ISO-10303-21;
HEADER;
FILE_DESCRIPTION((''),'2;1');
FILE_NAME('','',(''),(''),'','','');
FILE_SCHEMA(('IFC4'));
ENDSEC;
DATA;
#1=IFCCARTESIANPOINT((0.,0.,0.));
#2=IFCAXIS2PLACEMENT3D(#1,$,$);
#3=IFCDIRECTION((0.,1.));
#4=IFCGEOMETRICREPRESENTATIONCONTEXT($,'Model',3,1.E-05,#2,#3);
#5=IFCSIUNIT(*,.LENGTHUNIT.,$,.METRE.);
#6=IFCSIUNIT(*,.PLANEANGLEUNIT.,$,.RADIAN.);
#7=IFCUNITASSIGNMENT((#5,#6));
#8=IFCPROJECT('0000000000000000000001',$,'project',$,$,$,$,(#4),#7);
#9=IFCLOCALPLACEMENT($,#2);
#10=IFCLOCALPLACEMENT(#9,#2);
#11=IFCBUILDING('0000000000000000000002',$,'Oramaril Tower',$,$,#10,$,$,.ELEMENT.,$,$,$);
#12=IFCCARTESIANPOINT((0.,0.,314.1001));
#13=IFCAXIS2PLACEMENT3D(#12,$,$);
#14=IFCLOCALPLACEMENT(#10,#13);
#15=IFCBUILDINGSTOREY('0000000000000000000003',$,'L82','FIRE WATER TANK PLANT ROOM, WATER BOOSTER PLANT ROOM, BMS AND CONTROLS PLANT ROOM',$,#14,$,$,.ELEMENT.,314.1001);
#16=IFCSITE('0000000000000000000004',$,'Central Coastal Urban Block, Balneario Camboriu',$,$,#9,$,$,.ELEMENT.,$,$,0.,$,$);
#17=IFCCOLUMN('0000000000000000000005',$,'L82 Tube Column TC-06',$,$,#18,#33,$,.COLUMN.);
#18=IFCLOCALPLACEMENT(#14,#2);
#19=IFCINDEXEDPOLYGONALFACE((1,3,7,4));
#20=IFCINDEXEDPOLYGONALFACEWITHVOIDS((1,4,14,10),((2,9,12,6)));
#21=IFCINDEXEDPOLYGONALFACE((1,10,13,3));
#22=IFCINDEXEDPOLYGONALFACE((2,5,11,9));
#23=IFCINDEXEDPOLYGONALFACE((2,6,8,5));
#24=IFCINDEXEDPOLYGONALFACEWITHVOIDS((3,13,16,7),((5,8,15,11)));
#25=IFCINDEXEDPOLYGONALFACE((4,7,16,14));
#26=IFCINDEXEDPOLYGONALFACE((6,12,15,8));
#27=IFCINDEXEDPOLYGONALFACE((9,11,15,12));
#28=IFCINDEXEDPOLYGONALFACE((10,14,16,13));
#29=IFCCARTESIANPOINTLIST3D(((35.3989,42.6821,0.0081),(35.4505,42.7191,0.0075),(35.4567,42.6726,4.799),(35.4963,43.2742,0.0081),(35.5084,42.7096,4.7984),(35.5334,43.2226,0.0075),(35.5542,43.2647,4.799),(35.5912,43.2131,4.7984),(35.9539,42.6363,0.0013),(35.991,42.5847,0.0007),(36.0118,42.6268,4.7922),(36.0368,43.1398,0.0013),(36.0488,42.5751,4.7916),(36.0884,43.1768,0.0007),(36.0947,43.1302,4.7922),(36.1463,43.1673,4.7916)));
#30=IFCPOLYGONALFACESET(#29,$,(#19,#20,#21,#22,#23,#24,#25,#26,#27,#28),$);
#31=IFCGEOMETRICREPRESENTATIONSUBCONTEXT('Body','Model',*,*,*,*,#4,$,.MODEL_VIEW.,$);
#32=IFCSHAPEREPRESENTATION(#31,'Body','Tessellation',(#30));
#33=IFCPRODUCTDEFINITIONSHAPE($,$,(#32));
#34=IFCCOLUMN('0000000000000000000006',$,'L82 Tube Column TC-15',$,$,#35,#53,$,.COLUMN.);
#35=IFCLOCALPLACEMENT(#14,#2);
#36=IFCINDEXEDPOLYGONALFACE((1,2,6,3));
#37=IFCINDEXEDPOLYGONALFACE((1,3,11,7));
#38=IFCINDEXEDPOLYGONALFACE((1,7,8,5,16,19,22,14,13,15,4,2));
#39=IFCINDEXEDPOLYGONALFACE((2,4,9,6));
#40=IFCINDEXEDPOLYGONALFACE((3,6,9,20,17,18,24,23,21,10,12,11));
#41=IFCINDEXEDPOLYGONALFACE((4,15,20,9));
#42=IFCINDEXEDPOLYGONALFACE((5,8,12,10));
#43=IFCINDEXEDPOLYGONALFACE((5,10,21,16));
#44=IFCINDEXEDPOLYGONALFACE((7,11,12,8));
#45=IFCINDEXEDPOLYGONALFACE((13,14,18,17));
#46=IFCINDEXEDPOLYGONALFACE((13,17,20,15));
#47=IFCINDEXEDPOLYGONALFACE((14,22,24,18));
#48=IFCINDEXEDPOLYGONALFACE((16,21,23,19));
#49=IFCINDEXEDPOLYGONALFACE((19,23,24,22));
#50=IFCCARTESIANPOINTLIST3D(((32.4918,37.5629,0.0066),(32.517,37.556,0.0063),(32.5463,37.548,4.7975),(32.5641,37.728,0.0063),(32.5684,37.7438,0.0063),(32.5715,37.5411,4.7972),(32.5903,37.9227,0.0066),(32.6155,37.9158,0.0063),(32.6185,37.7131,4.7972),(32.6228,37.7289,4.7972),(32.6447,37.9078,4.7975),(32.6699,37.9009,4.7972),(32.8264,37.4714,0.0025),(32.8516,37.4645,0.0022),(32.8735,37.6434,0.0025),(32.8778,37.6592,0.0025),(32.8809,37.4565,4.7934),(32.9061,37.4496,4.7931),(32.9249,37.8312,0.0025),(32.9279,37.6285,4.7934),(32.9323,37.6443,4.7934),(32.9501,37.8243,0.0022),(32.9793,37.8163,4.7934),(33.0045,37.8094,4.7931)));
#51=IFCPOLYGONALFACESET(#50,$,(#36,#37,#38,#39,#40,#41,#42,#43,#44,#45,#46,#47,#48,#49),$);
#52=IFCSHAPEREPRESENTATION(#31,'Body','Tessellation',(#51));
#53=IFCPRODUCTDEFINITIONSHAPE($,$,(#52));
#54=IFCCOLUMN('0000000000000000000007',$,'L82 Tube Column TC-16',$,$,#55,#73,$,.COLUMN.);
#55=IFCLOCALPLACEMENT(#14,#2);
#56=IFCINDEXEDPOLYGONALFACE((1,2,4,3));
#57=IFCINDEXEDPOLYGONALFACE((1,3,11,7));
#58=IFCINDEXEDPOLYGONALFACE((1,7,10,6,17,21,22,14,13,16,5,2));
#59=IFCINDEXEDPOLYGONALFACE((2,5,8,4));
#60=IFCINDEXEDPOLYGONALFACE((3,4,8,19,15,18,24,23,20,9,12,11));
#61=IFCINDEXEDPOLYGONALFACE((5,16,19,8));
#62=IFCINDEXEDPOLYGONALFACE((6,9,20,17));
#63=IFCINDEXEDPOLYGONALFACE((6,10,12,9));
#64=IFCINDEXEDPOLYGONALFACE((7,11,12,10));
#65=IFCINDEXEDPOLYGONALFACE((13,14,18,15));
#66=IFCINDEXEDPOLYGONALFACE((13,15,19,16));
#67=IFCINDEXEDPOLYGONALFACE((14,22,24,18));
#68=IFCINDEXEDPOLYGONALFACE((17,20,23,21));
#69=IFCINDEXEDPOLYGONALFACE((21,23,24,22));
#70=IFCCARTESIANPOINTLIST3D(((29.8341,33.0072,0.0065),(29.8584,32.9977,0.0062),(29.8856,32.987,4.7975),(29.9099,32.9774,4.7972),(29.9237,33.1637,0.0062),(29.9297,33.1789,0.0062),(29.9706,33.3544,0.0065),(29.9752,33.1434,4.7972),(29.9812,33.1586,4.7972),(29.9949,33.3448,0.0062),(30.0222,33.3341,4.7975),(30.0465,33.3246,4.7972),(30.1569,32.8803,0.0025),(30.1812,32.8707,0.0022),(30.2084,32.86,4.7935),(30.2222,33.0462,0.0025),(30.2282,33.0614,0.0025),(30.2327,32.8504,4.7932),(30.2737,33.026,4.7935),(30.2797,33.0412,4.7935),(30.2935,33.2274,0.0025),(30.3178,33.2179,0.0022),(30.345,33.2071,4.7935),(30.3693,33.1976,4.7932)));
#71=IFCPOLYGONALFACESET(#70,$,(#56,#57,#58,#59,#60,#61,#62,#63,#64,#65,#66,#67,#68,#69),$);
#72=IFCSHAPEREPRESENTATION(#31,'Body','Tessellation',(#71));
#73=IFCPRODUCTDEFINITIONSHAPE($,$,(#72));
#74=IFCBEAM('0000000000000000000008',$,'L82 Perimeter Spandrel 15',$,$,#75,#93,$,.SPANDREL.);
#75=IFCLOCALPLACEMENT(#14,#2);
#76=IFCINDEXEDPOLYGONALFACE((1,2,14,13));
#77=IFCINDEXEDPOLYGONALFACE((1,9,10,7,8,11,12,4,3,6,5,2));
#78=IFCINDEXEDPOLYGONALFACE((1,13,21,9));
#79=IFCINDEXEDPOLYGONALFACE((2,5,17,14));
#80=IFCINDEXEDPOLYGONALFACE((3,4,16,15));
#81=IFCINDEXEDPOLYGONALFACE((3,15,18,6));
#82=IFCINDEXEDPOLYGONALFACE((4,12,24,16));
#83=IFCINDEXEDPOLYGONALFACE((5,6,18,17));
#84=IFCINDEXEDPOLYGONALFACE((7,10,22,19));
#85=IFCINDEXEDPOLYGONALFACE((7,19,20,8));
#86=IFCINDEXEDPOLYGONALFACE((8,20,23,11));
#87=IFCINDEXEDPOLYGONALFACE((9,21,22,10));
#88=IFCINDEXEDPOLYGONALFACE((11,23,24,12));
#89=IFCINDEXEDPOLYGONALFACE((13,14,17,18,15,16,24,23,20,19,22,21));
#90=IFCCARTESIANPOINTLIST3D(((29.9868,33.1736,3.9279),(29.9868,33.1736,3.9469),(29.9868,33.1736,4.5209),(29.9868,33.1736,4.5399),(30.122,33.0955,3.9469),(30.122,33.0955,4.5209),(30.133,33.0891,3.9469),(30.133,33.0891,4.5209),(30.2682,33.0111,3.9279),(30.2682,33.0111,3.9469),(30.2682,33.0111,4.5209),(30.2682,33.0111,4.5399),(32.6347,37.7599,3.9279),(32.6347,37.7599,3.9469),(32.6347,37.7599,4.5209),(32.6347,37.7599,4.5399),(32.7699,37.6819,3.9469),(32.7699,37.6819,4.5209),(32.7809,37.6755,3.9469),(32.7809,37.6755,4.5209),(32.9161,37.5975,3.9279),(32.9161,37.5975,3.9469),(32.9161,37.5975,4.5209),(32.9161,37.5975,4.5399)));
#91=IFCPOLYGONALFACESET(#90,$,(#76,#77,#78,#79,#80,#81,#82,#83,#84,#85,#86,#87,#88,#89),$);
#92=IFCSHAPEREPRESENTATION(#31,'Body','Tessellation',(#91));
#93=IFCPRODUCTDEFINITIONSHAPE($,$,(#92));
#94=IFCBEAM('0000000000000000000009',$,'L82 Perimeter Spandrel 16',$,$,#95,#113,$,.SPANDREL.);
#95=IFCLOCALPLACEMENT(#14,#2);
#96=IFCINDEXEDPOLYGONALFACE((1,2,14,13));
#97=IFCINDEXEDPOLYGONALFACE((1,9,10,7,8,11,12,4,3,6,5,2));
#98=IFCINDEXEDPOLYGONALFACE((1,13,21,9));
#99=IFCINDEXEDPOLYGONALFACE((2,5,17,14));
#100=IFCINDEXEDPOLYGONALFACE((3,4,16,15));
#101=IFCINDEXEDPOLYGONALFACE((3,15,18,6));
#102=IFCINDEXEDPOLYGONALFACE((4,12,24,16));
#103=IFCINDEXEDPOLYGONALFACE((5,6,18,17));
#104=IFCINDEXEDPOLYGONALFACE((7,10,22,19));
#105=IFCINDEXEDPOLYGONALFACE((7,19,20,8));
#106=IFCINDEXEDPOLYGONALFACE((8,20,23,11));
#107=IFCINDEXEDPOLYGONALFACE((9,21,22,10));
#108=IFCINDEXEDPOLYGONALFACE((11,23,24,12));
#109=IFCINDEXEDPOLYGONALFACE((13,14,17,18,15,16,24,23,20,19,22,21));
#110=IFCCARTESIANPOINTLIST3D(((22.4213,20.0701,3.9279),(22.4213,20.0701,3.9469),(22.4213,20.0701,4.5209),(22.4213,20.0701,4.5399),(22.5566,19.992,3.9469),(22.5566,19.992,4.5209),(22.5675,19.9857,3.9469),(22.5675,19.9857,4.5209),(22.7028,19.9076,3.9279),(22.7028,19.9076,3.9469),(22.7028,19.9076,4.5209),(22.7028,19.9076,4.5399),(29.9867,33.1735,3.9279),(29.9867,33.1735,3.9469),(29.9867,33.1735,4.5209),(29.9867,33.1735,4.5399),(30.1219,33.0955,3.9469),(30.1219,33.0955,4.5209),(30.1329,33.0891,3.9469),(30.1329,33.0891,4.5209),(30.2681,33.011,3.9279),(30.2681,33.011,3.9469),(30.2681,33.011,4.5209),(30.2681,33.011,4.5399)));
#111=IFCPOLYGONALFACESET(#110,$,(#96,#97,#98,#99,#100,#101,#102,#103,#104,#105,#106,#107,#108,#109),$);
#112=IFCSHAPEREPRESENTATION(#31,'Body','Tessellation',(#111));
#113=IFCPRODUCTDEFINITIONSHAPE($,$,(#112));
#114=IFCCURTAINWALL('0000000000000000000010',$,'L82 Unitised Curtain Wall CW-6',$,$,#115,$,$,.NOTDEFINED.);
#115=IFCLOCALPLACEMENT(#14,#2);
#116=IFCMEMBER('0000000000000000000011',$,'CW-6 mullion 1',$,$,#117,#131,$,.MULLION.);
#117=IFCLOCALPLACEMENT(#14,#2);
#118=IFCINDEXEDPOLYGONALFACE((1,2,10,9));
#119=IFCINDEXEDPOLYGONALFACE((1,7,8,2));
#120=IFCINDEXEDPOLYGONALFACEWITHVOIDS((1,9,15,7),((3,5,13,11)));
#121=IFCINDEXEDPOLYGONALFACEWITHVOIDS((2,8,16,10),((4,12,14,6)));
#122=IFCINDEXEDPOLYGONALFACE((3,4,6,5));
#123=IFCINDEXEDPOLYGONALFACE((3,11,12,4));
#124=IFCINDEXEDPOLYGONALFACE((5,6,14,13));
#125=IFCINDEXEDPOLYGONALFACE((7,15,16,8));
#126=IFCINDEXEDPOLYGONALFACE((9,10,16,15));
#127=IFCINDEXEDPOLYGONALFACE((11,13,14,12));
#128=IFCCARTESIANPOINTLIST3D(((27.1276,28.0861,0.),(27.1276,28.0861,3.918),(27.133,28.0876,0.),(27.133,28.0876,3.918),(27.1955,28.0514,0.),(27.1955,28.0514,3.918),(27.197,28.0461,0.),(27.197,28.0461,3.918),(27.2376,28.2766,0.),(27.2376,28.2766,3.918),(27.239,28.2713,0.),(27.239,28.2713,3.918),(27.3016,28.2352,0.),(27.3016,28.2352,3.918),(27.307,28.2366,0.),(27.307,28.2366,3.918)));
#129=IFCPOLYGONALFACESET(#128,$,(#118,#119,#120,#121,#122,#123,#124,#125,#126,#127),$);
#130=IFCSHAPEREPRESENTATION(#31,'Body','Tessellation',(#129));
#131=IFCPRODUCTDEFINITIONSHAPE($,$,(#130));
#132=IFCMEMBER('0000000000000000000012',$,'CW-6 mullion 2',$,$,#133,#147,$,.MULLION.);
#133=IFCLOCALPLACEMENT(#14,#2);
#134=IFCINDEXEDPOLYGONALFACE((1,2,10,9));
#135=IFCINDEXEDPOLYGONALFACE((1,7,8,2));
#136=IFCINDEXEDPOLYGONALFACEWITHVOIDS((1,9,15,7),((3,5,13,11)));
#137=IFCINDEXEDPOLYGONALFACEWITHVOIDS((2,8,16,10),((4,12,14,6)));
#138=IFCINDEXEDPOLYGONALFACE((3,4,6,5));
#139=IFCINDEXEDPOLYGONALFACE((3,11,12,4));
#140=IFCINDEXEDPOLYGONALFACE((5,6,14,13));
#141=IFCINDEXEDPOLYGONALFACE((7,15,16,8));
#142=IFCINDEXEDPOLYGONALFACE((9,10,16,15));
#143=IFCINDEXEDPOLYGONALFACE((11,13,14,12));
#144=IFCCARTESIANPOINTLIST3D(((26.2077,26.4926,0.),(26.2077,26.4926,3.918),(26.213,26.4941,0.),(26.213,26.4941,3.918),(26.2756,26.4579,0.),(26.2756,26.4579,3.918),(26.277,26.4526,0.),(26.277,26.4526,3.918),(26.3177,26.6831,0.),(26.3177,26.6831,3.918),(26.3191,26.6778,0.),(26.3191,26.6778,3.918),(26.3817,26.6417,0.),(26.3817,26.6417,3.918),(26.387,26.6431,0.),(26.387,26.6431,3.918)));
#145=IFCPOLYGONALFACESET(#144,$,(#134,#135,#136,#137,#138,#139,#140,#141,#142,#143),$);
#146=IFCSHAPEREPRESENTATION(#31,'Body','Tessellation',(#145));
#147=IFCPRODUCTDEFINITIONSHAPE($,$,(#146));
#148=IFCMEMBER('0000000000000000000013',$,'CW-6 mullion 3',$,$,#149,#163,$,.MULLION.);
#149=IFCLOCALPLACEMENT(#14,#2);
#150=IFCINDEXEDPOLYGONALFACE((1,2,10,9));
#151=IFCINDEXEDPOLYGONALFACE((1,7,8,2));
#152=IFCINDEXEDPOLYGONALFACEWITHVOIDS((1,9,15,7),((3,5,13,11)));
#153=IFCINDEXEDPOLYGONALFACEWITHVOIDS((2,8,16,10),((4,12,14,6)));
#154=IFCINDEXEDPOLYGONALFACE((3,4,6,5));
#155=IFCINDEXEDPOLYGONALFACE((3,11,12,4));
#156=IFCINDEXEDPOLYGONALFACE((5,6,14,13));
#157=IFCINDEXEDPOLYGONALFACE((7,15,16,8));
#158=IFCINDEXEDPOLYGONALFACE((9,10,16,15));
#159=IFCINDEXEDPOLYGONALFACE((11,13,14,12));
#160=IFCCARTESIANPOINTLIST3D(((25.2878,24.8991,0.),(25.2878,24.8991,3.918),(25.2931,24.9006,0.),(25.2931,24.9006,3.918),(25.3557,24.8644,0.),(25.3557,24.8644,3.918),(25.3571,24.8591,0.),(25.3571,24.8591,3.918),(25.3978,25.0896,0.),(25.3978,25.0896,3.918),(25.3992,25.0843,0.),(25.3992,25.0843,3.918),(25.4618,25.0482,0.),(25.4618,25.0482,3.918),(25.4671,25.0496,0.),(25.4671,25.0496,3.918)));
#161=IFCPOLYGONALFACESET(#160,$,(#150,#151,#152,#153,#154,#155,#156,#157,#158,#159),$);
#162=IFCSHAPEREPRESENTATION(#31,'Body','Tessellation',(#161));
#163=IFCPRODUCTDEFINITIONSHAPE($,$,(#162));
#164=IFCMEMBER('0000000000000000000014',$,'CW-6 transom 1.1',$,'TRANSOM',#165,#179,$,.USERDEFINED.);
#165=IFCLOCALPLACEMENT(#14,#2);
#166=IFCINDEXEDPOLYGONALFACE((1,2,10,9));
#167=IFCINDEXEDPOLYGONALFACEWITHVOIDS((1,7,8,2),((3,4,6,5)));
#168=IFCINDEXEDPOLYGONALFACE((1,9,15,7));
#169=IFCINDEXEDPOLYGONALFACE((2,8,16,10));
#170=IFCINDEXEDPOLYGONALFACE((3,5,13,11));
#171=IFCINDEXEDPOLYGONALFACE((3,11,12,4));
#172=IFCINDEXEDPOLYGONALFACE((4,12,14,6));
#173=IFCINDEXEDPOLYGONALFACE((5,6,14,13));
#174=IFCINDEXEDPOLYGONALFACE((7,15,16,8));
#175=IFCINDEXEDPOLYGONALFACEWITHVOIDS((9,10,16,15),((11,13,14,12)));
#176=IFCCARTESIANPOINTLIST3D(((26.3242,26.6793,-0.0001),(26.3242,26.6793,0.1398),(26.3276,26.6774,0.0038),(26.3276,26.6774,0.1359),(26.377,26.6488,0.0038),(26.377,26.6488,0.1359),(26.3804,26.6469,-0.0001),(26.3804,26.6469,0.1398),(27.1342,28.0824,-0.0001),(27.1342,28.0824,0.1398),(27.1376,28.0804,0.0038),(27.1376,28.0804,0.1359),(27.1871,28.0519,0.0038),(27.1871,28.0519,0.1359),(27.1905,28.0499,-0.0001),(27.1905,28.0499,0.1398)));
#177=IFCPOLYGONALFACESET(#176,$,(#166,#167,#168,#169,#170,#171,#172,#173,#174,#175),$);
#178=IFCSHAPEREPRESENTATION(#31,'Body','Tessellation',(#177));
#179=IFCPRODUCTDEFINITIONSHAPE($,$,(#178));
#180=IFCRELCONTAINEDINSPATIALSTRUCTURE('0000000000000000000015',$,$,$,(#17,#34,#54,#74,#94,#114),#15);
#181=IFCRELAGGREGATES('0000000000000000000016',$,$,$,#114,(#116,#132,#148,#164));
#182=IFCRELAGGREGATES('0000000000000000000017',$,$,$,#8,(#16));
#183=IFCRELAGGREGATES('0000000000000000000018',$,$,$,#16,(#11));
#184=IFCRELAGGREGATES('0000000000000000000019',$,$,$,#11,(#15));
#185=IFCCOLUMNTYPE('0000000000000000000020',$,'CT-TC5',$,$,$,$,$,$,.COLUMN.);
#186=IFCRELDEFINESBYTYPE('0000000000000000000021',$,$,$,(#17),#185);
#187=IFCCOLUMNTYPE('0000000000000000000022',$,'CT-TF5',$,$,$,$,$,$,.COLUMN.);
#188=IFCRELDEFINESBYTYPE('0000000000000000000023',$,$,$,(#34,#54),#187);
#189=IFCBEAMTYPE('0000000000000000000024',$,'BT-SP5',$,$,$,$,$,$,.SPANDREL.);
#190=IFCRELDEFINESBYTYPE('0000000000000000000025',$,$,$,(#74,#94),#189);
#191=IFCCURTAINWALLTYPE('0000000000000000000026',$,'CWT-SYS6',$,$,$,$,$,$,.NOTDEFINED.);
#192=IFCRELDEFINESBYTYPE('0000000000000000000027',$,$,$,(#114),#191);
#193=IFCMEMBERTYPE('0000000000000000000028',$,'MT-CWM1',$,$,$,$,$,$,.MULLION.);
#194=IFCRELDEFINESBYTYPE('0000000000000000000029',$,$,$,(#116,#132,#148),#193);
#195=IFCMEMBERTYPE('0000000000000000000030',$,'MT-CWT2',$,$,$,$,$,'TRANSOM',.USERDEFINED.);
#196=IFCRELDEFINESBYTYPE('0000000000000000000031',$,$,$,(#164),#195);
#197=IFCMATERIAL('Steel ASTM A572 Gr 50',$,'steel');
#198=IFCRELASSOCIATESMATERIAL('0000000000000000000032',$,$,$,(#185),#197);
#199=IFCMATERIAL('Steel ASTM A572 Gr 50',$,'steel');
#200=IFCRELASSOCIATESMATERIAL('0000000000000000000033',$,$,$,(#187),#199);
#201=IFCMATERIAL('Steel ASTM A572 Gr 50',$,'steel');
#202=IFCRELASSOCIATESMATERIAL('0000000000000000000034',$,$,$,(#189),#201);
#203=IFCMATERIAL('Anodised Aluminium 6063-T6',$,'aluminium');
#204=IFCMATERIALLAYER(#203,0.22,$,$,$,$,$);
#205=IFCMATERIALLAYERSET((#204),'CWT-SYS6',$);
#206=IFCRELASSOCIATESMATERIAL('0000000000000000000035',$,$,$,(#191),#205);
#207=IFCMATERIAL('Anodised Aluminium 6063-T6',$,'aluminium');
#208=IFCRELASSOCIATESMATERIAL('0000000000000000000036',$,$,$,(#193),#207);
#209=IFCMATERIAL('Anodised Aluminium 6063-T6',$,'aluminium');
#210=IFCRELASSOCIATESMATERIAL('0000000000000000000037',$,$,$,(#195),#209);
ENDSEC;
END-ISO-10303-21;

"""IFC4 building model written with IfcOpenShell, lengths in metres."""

from ifc_helpers import new_model, si_unit, direction, frame, origin, origin_2d, place, context, subcontext, project, spatial, hollow_rectangle, i_section, extrude, material, layer, layer_set, material_profile, profile_set, type_object, element, aggregate, save


model = new_model("IFC4")

# Units and contexts
model_context = context("Model", 3, precision=1e-05, world=origin(), true_north=direction((0.0, 1.0)))
body_context = subcontext(model_context, "Body", "Model", "MODEL_VIEW")
ifc_project = project(units=[si_unit("LENGTHUNIT", "METRE"), si_unit("PLANEANGLEUNIT", "RADIAN")], contexts=[model_context])

# Site, building, storey
site_placement = place(None, origin())
site = spatial("IfcSite", under=ifc_project, at=site_placement, Name="Central Coastal Urban Block, Balneario Camboriu", CompositionType="ELEMENT", RefElevation=0.0)
building_placement = place(site_placement, origin())
building = spatial("IfcBuilding", under=site, at=building_placement, Name="Oramaril Tower", CompositionType="ELEMENT")
storey_placement = place(building_placement, frame((0.0, 0.0, 314.1001)))
storey = spatial("IfcBuildingStorey", under=building, at=storey_placement, Name="L82", Description="FIRE WATER TANK PLANT ROOM, WATER BOOSTER PLANT ROOM, BMS AND CONTROLS PLANT ROOM", CompositionType="ELEMENT", Elevation=314.1001)

# Columns
ifc_material_1 = material(Name="Steel ASTM A572 Gr 50", Category="steel")
ifc_material_profile_1 = material_profile(ifc_material_1, hollow_rectangle(XDim=0.6001, YDim=0.6001, WallThickness=0.0449, at=origin_2d()), Name="BOX600X600X45")
ifc_profile_set_1 = profile_set([ifc_material_profile_1], Name="Steel ASTM A572 Gr 50")
column_type_1 = type_object("IfcColumnType", Name="CT-TC5", PredefinedType="COLUMN", material=ifc_profile_set_1)
column_placement = place(storey_placement, frame((35.7437, 42.9294, 0.0044), z_axis=(0.012076, -0.001987, 0.999925), x_axis=(0.162373, 0.986729, 0.0)))
element("IfcColumn", 1, at=column_placement, inside=storey, type_object=column_type_1, Name="L82 Tube Column TC-06", PredefinedType="COLUMN", context=body_context, shape_type="SweptSolid", body=[
    extrude(hollow_rectangle(XDim=0.6001, YDim=0.6001, WallThickness=0.0449, at=origin_2d()), origin(), (0.0, 0.0, 1.0), 4.7913),
])
ifc_material_2 = material(Name="Steel ASTM A572 Gr 50", Category="steel")
ifc_material_profile_2 = material_profile(ifc_material_2, i_section(OverallWidth=0.373, OverallDepth=0.373, WebThickness=0.0164, FlangeThickness=0.0261, at=origin_2d()), Name="W14X132")
ifc_profile_set_2 = profile_set([ifc_material_profile_2], Name="Steel ASTM A572 Gr 50")
column_type_2 = type_object("IfcColumnType", Name="CT-TF5", PredefinedType="COLUMN", material=ifc_profile_set_2)
for number, where, z_axis, x_axis, name in (
    (2, (32.7209, 37.6936, 0.0044), (0.011363, -0.003108, 0.999931), (0.263849, 0.964564, 0.0), "L82 Tube Column TC-15"),
    (3, (30.0759, 33.1125, 0.0044), (0.010751, -0.004229, 0.999933), (0.366062, 0.930591, 0.0), "L82 Tube Column TC-16"),
):
    element("IfcColumn", number, at=place(storey_placement, frame(where, z_axis=z_axis, x_axis=x_axis)), inside=storey, type_object=column_type_2, Name=name, PredefinedType="COLUMN", context=body_context, shape_type="SweptSolid", body=[
        extrude(i_section(OverallWidth=0.373, OverallDepth=0.373, WebThickness=0.0164, FlangeThickness=0.0261, at=origin_2d()), origin(), (0.0, 0.0, 1.0), 4.7913),
    ])

# Beams
ifc_material_3 = material(Name="Steel ASTM A572 Gr 50", Category="steel")
ifc_material_profile_3 = material_profile(ifc_material_3, i_section(OverallWidth=0.325, OverallDepth=0.6121, WebThickness=0.0127, FlangeThickness=0.019, at=origin_2d()), Name="W24X104")
ifc_profile_set_3 = profile_set([ifc_material_profile_3], Name="Steel ASTM A572 Gr 50")
beam_type = type_object("IfcBeamType", Name="BT-SP5", PredefinedType="SPANDREL", material=ifc_profile_set_3)
beam_1_placement = place(storey_placement, frame((32.7754, 37.6787, 4.2339), z_axis=(-0.499996, -0.866027, 0.0), x_axis=(0.866027, -0.499996, 0.0)))
element("IfcBeam", 4, at=beam_1_placement, inside=storey, type_object=beam_type, Name="L82 Perimeter Spandrel 15", PredefinedType="SPANDREL", context=body_context, shape_type="SweptSolid", body=[
    extrude(i_section(OverallWidth=0.325, OverallDepth=0.6121, WebThickness=0.0127, FlangeThickness=0.019, at=origin_2d()), origin(), (0.0, 0.0, 1.0), 5.2959),
])
beam_2_placement = place(storey_placement, frame((30.1274, 33.0923, 4.2339), z_axis=(-0.500006, -0.866022, 0.0), x_axis=(0.866022, -0.500006, 0.0)))
element("IfcBeam", 5, at=beam_2_placement, inside=storey, type_object=beam_type, Name="L82 Perimeter Spandrel 16", PredefinedType="SPANDREL", context=body_context, shape_type="SweptSolid", body=[
    extrude(i_section(OverallWidth=0.325, OverallDepth=0.6121, WebThickness=0.0127, FlangeThickness=0.019, at=origin_2d()), origin(), (0.0, 0.0, 1.0), 15.1306),
])

# Curtain wall, members
ifc_material_4 = material(Name="Anodised Aluminium 6063-T6", Category="aluminium")
ifc_layer_1 = layer(ifc_material_4, 0.22)
ifc_layer_set_1 = layer_set([ifc_layer_1], Name="CWT-SYS6")
curtain_wall_type = type_object("IfcCurtainWallType", Name="CWT-SYS6", PredefinedType="NOTDEFINED", material=ifc_layer_set_1)
curtain_wall_placement = place(storey_placement, origin())
curtain_wall = element("IfcCurtainWall", 6, at=curtain_wall_placement, inside=storey, type_object=curtain_wall_type, Name="L82 Unitised Curtain Wall CW-6", PredefinedType="NOTDEFINED")
ifc_material_5 = material(Name="Anodised Aluminium 6063-T6", Category="aluminium")
ifc_material_profile_4 = material_profile(ifc_material_5, hollow_rectangle(XDim=0.0801, YDim=0.22, WallThickness=0.0039, at=origin_2d()), Name="CWM220X80")
ifc_profile_set_4 = profile_set([ifc_material_profile_4], Name="Anodised Aluminium 6063-T6")
member_type_1 = type_object("IfcMemberType", Name="MT-CWM1", PredefinedType="MULLION", material=ifc_profile_set_4)
member_1_placement = place(storey_placement, frame((27.2173, 28.1614, 0.0), z_axis=(0.0, 0.0, 1.0), x_axis=(0.866025, -0.5, 0.0)))
member_1 = element("IfcMember", 7, at=member_1_placement, type_object=member_type_1, Name="CW-6 mullion 1", PredefinedType="MULLION", context=body_context, shape_type="SweptSolid", body=[
    extrude(hollow_rectangle(XDim=0.0801, YDim=0.22, WallThickness=0.0039, at=origin_2d()), origin(), (0.0, 0.0, 1.0), 3.918),
])
member_2_placement = place(storey_placement, frame((26.2974, 26.5679, 0.0), z_axis=(0.0, 0.0, 1.0), x_axis=(0.866025, -0.5, 0.0)))
member_2 = element("IfcMember", 8, at=member_2_placement, type_object=member_type_1, Name="CW-6 mullion 2", PredefinedType="MULLION", context=body_context, shape_type="SweptSolid", body=[
    extrude(hollow_rectangle(XDim=0.0801, YDim=0.22, WallThickness=0.0039, at=origin_2d()), origin(), (0.0, 0.0, 1.0), 3.918),
])
member_3_placement = place(storey_placement, frame((25.3774, 24.9744, 0.0), z_axis=(0.0, 0.0, 1.0), x_axis=(0.866025, -0.5, 0.0)))
member_3 = element("IfcMember", 9, at=member_3_placement, type_object=member_type_1, Name="CW-6 mullion 3", PredefinedType="MULLION", context=body_context, shape_type="SweptSolid", body=[
    extrude(hollow_rectangle(XDim=0.0801, YDim=0.22, WallThickness=0.0039, at=origin_2d()), origin(), (0.0, 0.0, 1.0), 3.918),
])
ifc_material_6 = material(Name="Anodised Aluminium 6063-T6", Category="aluminium")
ifc_material_profile_5 = material_profile(ifc_material_6, hollow_rectangle(XDim=0.0649, YDim=0.1399, WallThickness=0.0039, at=origin_2d()), Name="CWT140X65")
ifc_profile_set_5 = profile_set([ifc_material_profile_5], Name="Anodised Aluminium 6063-T6")
member_type_2 = type_object("IfcMemberType", Name="MT-CWT2", ElementType="TRANSOM", PredefinedType="USERDEFINED", material=ifc_profile_set_5)
member_4_placement = place(storey_placement, frame((27.1624, 28.0662, 0.0698), z_axis=(-0.499996, -0.866027, 0.0), x_axis=(0.866027, -0.499996, 0.0)))
member_4 = element("IfcMember", 10, at=member_4_placement, type_object=member_type_2, Name="CW-6 transom 1.1", ObjectType="TRANSOM", PredefinedType="USERDEFINED", context=body_context, shape_type="SweptSolid", body=[
    extrude(hollow_rectangle(XDim=0.0649, YDim=0.1399, WallThickness=0.0039, at=origin_2d()), origin(), (0.0, 0.0, 1.0), 1.6201),
])

aggregate(curtain_wall, [member_1, member_2, member_3, member_4])

save(model, "model.ifc")
